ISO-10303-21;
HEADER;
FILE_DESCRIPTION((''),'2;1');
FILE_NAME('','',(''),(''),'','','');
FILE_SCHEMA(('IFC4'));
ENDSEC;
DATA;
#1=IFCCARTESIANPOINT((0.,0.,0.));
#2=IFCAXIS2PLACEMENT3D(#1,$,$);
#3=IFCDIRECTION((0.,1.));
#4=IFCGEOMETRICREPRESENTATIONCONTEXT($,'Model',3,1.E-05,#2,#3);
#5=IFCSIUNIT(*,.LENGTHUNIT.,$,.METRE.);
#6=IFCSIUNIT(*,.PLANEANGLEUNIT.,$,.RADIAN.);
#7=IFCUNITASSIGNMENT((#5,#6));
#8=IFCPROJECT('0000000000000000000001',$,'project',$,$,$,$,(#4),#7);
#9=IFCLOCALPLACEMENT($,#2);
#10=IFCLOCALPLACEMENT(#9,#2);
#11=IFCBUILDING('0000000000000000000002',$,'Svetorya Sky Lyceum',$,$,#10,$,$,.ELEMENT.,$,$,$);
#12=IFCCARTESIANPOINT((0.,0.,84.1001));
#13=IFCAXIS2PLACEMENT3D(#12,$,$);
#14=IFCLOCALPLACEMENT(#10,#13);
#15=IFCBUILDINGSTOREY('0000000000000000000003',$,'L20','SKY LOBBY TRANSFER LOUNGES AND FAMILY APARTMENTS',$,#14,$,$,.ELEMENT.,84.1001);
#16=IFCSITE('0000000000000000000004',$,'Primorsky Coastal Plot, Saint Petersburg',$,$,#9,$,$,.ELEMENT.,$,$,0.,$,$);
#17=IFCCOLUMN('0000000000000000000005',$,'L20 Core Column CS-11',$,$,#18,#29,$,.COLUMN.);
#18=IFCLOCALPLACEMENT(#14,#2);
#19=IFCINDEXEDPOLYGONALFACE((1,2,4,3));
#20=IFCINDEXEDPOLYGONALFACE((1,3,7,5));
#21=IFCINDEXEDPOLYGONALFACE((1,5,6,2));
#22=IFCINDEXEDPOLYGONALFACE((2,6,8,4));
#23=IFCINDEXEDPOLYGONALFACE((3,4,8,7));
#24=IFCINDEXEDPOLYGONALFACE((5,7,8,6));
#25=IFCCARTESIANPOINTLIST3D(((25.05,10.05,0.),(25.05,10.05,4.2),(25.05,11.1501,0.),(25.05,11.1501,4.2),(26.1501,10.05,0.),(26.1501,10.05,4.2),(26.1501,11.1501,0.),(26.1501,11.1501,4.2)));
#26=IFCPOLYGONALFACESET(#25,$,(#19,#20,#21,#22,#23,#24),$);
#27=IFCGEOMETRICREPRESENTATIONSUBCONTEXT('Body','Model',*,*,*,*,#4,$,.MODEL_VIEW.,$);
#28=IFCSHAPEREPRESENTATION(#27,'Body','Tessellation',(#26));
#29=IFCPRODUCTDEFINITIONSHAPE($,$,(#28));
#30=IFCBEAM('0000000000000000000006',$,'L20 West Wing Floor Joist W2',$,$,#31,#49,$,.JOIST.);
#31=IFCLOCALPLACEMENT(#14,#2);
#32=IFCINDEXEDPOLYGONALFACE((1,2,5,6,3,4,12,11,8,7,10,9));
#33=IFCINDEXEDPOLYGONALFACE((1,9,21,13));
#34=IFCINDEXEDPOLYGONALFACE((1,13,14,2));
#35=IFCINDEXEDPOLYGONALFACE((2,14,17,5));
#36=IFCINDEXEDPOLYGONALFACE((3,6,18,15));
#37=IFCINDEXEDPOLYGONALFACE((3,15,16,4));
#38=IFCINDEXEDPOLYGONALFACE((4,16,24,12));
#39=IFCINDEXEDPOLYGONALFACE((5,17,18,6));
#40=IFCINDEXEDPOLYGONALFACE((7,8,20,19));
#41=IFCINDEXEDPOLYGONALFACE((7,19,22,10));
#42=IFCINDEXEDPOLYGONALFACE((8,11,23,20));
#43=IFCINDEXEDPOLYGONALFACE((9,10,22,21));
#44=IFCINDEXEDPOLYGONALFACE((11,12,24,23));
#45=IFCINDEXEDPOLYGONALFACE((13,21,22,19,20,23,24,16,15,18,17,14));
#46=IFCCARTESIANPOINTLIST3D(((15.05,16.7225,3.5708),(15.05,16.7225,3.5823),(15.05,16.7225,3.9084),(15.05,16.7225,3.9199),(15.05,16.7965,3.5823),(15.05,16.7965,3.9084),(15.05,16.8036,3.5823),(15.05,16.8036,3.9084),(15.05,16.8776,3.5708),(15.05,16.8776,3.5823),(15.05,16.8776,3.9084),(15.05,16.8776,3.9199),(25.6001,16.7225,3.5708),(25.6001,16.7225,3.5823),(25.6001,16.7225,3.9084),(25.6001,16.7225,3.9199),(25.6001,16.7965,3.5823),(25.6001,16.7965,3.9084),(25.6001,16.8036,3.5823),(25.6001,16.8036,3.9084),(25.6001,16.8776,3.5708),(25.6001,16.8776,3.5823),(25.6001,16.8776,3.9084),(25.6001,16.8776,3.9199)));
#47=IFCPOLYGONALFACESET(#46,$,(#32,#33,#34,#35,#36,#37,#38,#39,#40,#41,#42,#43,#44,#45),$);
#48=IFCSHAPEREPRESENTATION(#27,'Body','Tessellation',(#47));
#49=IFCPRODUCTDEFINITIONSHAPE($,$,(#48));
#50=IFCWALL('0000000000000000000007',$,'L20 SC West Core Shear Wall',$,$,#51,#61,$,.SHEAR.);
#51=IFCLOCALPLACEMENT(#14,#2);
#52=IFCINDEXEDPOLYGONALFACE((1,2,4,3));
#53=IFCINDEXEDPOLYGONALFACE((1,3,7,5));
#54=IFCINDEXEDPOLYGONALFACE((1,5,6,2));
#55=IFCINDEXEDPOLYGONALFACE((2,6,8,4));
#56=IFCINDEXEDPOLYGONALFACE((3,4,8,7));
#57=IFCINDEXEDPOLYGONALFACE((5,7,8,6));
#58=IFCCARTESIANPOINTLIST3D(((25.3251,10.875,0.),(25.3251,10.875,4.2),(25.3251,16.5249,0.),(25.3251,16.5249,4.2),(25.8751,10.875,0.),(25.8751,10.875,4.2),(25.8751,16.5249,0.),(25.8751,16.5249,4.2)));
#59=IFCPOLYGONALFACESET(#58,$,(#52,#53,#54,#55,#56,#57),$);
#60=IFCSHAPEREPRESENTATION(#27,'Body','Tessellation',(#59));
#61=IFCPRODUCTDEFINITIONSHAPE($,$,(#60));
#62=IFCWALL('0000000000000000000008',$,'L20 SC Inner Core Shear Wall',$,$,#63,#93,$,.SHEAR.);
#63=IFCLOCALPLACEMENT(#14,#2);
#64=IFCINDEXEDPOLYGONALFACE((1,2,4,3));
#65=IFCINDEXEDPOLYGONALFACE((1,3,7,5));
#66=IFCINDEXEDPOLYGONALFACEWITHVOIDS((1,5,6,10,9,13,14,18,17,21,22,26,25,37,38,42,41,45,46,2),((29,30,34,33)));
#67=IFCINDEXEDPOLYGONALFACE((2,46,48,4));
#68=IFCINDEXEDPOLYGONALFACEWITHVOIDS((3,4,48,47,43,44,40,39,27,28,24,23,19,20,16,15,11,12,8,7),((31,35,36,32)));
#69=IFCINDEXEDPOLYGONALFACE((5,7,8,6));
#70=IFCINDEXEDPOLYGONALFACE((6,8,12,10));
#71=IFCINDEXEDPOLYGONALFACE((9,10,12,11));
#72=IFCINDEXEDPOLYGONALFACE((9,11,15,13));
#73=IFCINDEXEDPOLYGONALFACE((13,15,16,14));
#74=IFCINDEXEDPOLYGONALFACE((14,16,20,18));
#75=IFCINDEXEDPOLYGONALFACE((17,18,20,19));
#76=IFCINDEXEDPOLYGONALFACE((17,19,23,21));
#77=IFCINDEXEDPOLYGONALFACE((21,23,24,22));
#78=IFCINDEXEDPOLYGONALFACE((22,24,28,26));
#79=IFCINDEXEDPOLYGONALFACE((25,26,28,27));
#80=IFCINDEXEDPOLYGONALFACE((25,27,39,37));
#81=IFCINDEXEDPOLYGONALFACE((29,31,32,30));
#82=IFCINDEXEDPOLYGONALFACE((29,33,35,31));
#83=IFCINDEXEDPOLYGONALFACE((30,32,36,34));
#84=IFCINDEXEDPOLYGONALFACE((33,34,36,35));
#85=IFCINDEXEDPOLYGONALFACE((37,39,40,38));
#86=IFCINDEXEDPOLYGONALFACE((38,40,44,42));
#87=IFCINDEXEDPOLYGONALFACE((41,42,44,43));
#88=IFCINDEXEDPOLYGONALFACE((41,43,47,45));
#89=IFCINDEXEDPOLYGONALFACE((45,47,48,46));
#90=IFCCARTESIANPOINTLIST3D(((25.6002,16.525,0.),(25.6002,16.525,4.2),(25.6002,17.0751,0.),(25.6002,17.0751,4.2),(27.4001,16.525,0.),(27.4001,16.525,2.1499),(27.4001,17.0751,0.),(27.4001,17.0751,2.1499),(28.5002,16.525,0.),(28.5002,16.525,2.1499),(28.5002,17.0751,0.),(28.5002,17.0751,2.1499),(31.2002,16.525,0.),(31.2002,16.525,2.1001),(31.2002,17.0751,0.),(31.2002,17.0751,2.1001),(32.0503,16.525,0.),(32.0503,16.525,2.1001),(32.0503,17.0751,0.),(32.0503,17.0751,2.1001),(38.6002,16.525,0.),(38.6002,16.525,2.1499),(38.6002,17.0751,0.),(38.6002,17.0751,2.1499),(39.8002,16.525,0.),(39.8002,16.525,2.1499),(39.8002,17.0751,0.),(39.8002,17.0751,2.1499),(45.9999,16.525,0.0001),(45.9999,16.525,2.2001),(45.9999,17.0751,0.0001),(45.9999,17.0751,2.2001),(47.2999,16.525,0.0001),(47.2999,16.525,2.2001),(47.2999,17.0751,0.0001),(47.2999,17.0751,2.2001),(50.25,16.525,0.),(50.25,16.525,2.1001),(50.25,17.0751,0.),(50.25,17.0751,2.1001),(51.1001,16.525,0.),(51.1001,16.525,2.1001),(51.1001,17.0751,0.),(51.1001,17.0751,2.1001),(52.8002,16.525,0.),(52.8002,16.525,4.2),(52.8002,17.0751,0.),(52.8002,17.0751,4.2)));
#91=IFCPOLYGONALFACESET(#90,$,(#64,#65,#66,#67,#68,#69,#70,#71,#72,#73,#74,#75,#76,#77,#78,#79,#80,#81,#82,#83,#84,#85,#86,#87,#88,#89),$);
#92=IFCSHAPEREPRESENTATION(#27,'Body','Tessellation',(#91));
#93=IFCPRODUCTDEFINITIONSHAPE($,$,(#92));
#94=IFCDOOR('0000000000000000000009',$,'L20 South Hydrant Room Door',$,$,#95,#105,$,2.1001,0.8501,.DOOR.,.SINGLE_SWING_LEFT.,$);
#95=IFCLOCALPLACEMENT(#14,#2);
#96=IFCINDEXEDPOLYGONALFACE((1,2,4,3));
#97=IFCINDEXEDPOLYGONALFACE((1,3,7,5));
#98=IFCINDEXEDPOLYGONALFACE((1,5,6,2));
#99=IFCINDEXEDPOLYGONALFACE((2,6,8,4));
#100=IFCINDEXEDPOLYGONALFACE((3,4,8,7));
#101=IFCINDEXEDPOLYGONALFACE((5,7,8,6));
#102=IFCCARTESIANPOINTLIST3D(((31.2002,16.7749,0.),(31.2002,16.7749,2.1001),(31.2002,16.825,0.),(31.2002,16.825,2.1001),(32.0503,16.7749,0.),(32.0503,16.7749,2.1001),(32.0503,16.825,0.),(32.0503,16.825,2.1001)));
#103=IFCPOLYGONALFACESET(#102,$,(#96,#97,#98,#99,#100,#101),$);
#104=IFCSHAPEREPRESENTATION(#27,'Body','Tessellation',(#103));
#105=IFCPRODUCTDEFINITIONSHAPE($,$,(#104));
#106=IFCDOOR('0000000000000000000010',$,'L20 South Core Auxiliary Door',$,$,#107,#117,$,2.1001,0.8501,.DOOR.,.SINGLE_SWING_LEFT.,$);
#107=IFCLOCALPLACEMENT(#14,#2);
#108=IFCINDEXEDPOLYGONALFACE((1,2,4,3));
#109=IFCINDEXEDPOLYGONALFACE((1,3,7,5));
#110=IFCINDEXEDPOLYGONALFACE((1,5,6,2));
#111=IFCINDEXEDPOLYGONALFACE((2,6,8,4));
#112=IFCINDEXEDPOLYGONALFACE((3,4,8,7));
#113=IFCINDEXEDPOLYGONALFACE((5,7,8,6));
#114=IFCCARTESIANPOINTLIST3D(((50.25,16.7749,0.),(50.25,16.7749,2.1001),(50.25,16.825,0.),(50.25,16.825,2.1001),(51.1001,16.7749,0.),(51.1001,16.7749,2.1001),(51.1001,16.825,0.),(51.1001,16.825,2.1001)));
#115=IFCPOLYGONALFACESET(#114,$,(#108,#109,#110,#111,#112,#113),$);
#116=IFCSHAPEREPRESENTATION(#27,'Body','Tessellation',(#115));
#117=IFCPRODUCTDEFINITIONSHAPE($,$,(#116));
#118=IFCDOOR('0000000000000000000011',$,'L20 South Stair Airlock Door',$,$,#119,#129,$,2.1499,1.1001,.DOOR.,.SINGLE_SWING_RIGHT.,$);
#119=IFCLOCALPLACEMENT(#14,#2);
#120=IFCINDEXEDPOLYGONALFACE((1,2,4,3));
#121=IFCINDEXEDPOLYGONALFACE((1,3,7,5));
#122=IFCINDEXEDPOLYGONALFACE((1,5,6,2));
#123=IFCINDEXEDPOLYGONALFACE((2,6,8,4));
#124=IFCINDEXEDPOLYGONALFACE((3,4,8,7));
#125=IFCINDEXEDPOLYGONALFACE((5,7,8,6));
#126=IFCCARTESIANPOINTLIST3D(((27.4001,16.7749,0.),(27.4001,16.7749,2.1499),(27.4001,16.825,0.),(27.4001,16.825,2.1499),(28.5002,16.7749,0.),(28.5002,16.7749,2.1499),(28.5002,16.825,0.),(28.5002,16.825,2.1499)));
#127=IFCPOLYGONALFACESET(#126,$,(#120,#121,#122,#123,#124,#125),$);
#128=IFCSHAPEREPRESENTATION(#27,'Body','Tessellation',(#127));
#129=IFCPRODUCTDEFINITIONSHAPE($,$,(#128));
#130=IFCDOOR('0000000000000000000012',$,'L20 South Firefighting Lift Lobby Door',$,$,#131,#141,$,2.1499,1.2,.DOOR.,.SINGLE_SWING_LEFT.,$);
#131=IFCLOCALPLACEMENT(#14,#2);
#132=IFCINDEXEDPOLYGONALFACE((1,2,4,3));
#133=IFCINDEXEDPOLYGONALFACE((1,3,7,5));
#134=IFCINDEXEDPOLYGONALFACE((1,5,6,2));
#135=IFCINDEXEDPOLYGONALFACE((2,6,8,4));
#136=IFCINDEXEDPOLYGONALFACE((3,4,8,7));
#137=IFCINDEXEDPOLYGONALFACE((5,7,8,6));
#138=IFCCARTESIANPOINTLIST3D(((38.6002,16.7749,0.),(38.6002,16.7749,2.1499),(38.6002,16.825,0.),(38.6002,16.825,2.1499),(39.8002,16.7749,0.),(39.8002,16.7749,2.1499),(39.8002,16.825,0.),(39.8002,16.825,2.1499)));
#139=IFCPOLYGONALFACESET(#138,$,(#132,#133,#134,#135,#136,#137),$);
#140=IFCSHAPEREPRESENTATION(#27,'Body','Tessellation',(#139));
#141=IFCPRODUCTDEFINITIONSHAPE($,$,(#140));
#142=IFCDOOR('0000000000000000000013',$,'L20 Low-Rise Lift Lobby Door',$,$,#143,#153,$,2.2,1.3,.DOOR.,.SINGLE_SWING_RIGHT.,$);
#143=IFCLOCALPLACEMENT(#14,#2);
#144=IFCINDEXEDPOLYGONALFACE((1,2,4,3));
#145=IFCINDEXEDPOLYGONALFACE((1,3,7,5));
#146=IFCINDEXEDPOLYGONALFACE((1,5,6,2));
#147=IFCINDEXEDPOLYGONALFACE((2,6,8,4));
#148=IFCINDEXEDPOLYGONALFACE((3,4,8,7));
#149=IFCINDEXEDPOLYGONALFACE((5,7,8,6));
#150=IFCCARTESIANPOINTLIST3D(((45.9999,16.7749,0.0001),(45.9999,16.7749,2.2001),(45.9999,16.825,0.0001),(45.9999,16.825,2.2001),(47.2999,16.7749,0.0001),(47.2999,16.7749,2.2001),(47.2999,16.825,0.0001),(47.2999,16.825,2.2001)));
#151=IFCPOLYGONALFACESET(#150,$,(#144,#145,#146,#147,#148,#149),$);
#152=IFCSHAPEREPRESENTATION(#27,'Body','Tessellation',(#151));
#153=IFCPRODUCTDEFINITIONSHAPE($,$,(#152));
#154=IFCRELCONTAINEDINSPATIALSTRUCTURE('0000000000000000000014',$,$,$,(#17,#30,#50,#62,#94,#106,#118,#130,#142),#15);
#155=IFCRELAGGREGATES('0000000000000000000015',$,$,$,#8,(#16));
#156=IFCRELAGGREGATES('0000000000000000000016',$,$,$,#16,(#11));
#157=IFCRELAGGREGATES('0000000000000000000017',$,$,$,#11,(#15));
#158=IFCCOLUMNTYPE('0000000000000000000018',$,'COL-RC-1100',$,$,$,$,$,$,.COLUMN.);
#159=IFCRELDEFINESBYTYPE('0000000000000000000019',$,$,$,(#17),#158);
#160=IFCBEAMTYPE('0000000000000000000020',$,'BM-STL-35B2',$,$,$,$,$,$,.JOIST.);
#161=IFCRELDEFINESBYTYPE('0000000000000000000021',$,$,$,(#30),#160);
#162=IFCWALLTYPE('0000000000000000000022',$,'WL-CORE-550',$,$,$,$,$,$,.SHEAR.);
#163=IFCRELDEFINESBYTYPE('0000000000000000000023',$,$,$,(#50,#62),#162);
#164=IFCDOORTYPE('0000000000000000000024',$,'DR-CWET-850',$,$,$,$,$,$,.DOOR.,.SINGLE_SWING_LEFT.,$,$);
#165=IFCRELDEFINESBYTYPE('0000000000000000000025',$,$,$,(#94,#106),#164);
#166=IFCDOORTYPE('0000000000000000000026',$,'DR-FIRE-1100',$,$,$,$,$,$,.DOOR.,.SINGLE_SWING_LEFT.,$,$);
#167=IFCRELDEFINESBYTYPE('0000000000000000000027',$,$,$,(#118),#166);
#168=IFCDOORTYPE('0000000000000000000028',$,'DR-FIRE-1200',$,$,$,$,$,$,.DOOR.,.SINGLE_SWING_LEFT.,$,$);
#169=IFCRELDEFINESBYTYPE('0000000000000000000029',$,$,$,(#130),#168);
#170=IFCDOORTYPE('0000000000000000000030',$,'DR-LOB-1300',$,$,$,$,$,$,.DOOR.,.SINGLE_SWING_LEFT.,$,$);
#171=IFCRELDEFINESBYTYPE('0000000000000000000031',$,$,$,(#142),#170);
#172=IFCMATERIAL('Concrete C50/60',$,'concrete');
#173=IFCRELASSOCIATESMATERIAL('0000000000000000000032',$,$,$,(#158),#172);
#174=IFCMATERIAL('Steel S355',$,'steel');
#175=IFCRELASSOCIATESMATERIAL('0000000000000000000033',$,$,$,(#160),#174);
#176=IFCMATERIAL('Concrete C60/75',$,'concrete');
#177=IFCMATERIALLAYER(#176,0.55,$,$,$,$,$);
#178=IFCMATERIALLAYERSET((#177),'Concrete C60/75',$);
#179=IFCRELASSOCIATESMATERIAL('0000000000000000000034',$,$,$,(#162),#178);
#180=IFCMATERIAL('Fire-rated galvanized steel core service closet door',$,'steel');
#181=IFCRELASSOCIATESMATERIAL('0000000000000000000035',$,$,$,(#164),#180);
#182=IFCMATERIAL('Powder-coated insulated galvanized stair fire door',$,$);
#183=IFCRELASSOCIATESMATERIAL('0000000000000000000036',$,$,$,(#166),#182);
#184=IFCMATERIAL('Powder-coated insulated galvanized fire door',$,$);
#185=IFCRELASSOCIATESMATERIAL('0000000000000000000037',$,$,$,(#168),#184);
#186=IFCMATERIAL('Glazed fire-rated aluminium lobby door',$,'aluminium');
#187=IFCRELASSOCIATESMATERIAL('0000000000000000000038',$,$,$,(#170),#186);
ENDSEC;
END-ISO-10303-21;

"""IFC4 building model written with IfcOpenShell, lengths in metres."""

from ifc_helpers import new_model, si_unit, direction, frame, frame_2d, origin, origin_2d, place, context, subcontext, project, spatial, rectangle, i_section, extrude, material, layer, layer_set, material_profile, profile_set, type_object, element, fill, save


model = new_model("IFC4")

# Units and contexts
model_context = context("Model", 3, precision=1e-05, world=origin(), true_north=direction((0.0, 1.0)))
body_context = subcontext(model_context, "Body", "Model", "MODEL_VIEW")
ifc_project = project(units=[si_unit("LENGTHUNIT", "METRE"), si_unit("PLANEANGLEUNIT", "RADIAN")], contexts=[model_context])

# Site, building, storey
site_placement = place(None, origin())
site = spatial("IfcSite", under=ifc_project, at=site_placement, Name="Primorsky Coastal Plot, Saint Petersburg", CompositionType="ELEMENT", RefElevation=0.0)
building_placement = place(site_placement, origin())
building = spatial("IfcBuilding", under=site, at=building_placement, Name="Svetorya Sky Lyceum", CompositionType="ELEMENT")
storey_placement = place(building_placement, frame((0.0, 0.0, 84.1001)))
storey = spatial("IfcBuildingStorey", under=building, at=storey_placement, Name="L20", Description="SKY LOBBY TRANSFER LOUNGES AND FAMILY APARTMENTS", CompositionType="ELEMENT", Elevation=84.1001)

# Column
ifc_material_1 = material(Name="Concrete C50/60", Category="concrete")
ifc_material_profile_1 = material_profile(ifc_material_1, rectangle(XDim=1.1001, YDim=1.1001, at=origin_2d()), Name="RC COL 1100x1100")
ifc_profile_set_1 = profile_set([ifc_material_profile_1], Name="Concrete C50/60")
column_type = type_object("IfcColumnType", Name="COL-RC-1100", PredefinedType="COLUMN", material=ifc_profile_set_1)
column_placement = place(storey_placement, frame((25.6001, 10.6001, 0.0), z_axis=(0.0, 0.0, 1.0), x_axis=(1.0, 0.0, 0.0)))
element("IfcColumn", 1, at=column_placement, inside=storey, type_object=column_type, Name="L20 Core Column CS-11", PredefinedType="COLUMN", context=body_context, shape_type="SweptSolid", body=[
    extrude(rectangle(XDim=1.1001, YDim=1.1001, at=origin_2d()), origin(), (0.0, 0.0, 1.0), 4.2),
])

# Beam
ifc_material_2 = material(Name="Steel S355", Category="steel")
ifc_material_profile_2 = material_profile(ifc_material_2, i_section(OverallWidth=0.155, OverallDepth=0.3491, WebThickness=0.0071, FlangeThickness=0.0115, at=origin_2d()), Name="GOST 35B2")
ifc_profile_set_2 = profile_set([ifc_material_profile_2], Name="Steel S355")
beam_type = type_object("IfcBeamType", Name="BM-STL-35B2", PredefinedType="JOIST", material=ifc_profile_set_2)
beam_placement = place(storey_placement, frame((15.05, 16.8, 3.7454), z_axis=(1.0, 0.0, 0.0), x_axis=(0.0, 1.0, 0.0)))
element("IfcBeam", 2, at=beam_placement, inside=storey, type_object=beam_type, Name="L20 West Wing Floor Joist W2", PredefinedType="JOIST", context=body_context, shape_type="SweptSolid", body=[
    extrude(i_section(OverallWidth=0.155, OverallDepth=0.3491, WebThickness=0.0071, FlangeThickness=0.0115, at=origin_2d()), origin(), (0.0, 0.0, 1.0), 10.55),
])

# Wall
ifc_material_3 = material(Name="Concrete C60/75", Category="concrete")
ifc_layer_1 = layer(ifc_material_3, 0.55)
ifc_layer_set_1 = layer_set([ifc_layer_1], Name="Concrete C60/75")
wall_type_1 = type_object("IfcWallType", Name="WL-CORE-550", PredefinedType="SHEAR", material=ifc_layer_set_1)
wall_1_placement = place(storey_placement, frame((25.6001, 10.875, 0.0), z_axis=(0.0, 0.0, 1.0), x_axis=(0.0, 1.0, 0.0)))
element("IfcWall", 3, at=wall_1_placement, inside=storey, type_object=wall_type_1, Name="L20 SC West Core Shear Wall", PredefinedType="SHEAR", context=body_context, shape_type="SweptSolid", body=[
    extrude(rectangle(XDim=5.6499, YDim=0.55, at=frame_2d((2.825, 0.0))), origin(), (0.0, 0.0, 1.0), 4.2),
])

# Wall, openings, doors
wall_2_placement = place(storey_placement, frame((25.6001, 16.8, 0.0), z_axis=(0.0, 0.0, 1.0), x_axis=(1.0, 0.0, 0.0)))
wall_2 = element("IfcWall", 4, at=wall_2_placement, inside=storey, type_object=wall_type_1, Name="L20 SC Inner Core Shear Wall", PredefinedType="SHEAR", context=body_context, shape_type="SweptSolid", body=[
    extrude(rectangle(XDim=27.2, YDim=0.55, at=frame_2d((13.6001, 0.0))), origin(), (0.0, 0.0, 1.0), 4.2),
])
opening_1_placement = place(wall_2_placement, frame((1.8, 0.0, 0.0)))
opening_1 = element("IfcOpeningElement", 5, at=opening_1_placement, cuts=wall_2, PredefinedType="OPENING", context=body_context, shape_type="SweptSolid", body=[
    extrude(rectangle(XDim=1.1001, YDim=2.1499, at=frame_2d((0.55, 1.075))), frame((0.0, 0.2849, 0.0), z_axis=(0.0, -1.0, 0.0), x_axis=(1.0, 0.0, 0.0)), (0.0, 0.0, 1.0), 0.5701),
])
opening_2_placement = place(wall_2_placement, frame((5.6001, 0.0, 0.0)))
opening_2 = element("IfcOpeningElement", 6, at=opening_2_placement, cuts=wall_2, PredefinedType="OPENING", context=body_context, shape_type="SweptSolid", body=[
    extrude(rectangle(XDim=0.8501, YDim=2.1001, at=frame_2d((0.425, 1.05))), frame((0.0, 0.2849, 0.0), z_axis=(0.0, -1.0, 0.0), x_axis=(1.0, 0.0, 0.0)), (0.0, 0.0, 1.0), 0.5701),
])
opening_3_placement = place(wall_2_placement, frame((13.0, 0.0, 0.0)))
opening_3 = element("IfcOpeningElement", 7, at=opening_3_placement, cuts=wall_2, PredefinedType="OPENING", context=body_context, shape_type="SweptSolid", body=[
    extrude(rectangle(XDim=1.2, YDim=2.1499, at=frame_2d((0.6001, 1.075))), frame((0.0, 0.2849, 0.0), z_axis=(0.0, -1.0, 0.0), x_axis=(1.0, 0.0, 0.0)), (0.0, 0.0, 1.0), 0.5701),
])
opening_4_placement = place(wall_2_placement, frame((20.3999, 0.0, 0.0)))
opening_4 = element("IfcOpeningElement", 8, at=opening_4_placement, cuts=wall_2, PredefinedType="OPENING", context=body_context, shape_type="SweptSolid", body=[
    extrude(rectangle(XDim=1.3, YDim=2.2, at=frame_2d((0.6499, 1.1001))), frame((0.0, 0.2849, 0.0), z_axis=(0.0, -1.0, 0.0), x_axis=(1.0, 0.0, 0.0)), (0.0, 0.0, 1.0), 0.5701),
])
opening_5_placement = place(wall_2_placement, frame((24.6499, 0.0, 0.0)))
opening_5 = element("IfcOpeningElement", 9, at=opening_5_placement, cuts=wall_2, PredefinedType="OPENING", context=body_context, shape_type="SweptSolid", body=[
    extrude(rectangle(XDim=0.8501, YDim=2.1001, at=frame_2d((0.425, 1.05))), frame((0.0, 0.2849, 0.0), z_axis=(0.0, -1.0, 0.0), x_axis=(1.0, 0.0, 0.0)), (0.0, 0.0, 1.0), 0.5701),
])
ifc_material_4 = material(Name="Fire-rated galvanized steel core service closet door", Category="steel")
door_type_1 = type_object("IfcDoorType", Name="DR-CWET-850", OperationType="SINGLE_SWING_LEFT", PredefinedType="DOOR", material=ifc_material_4)
door_1_placement = place(opening_2_placement, origin())
door_1 = element("IfcDoor", 10, at=door_1_placement, inside=storey, type_object=door_type_1, Name="L20 South Hydrant Room Door", OperationType="SINGLE_SWING_LEFT", OverallHeight=2.1001, OverallWidth=0.8501, PredefinedType="DOOR", context=body_context, shape_type="SweptSolid", body=[
    extrude(rectangle(XDim=0.8501, YDim=2.1001, at=frame_2d((0.425, 1.05))), frame((0.0, 0.0249, 0.0), z_axis=(0.0, -1.0, 0.0), x_axis=(1.0, 0.0, 0.0)), (0.0, 0.0, 1.0), 0.05),
])
fill(opening_2, door_1)
door_2_placement = place(opening_5_placement, origin())
door_2 = element("IfcDoor", 11, at=door_2_placement, inside=storey, type_object=door_type_1, Name="L20 South Core Auxiliary Door", OperationType="SINGLE_SWING_LEFT", OverallHeight=2.1001, OverallWidth=0.8501, PredefinedType="DOOR", context=body_context, shape_type="SweptSolid", body=[
    extrude(rectangle(XDim=0.8501, YDim=2.1001, at=frame_2d((0.425, 1.05))), frame((0.0, 0.0249, 0.0), z_axis=(0.0, -1.0, 0.0), x_axis=(1.0, 0.0, 0.0)), (0.0, 0.0, 1.0), 0.05),
])
fill(opening_5, door_2)
ifc_material_5 = material(Name="Powder-coated insulated galvanized stair fire door")
door_type_2 = type_object("IfcDoorType", Name="DR-FIRE-1100", OperationType="SINGLE_SWING_LEFT", PredefinedType="DOOR", material=ifc_material_5)
door_3_placement = place(opening_1_placement, origin())
door_3 = element("IfcDoor", 12, at=door_3_placement, inside=storey, type_object=door_type_2, Name="L20 South Stair Airlock Door", OperationType="SINGLE_SWING_RIGHT", OverallHeight=2.1499, OverallWidth=1.1001, PredefinedType="DOOR", context=body_context, shape_type="SweptSolid", body=[
    extrude(rectangle(XDim=1.1001, YDim=2.1499, at=frame_2d((0.55, 1.075))), frame((0.0, 0.0249, 0.0), z_axis=(0.0, -1.0, 0.0), x_axis=(1.0, 0.0, 0.0)), (0.0, 0.0, 1.0), 0.05),
])
fill(opening_1, door_3)
ifc_material_6 = material(Name="Powder-coated insulated galvanized fire door")
door_type_3 = type_object("IfcDoorType", Name="DR-FIRE-1200", OperationType="SINGLE_SWING_LEFT", PredefinedType="DOOR", material=ifc_material_6)
door_4_placement = place(opening_3_placement, origin())
door_4 = element("IfcDoor", 13, at=door_4_placement, inside=storey, type_object=door_type_3, Name="L20 South Firefighting Lift Lobby Door", OperationType="SINGLE_SWING_LEFT", OverallHeight=2.1499, OverallWidth=1.2, PredefinedType="DOOR", context=body_context, shape_type="SweptSolid", body=[
    extrude(rectangle(XDim=1.2, YDim=2.1499, at=frame_2d((0.6001, 1.075))), frame((0.0, 0.0249, 0.0), z_axis=(0.0, -1.0, 0.0), x_axis=(1.0, 0.0, 0.0)), (0.0, 0.0, 1.0), 0.05),
])
fill(opening_3, door_4)
ifc_material_7 = material(Name="Glazed fire-rated aluminium lobby door", Category="aluminium")
door_type_4 = type_object("IfcDoorType", Name="DR-LOB-1300", OperationType="SINGLE_SWING_LEFT", PredefinedType="DOOR", material=ifc_material_7)
door_5_placement = place(opening_4_placement, origin())
door_5 = element("IfcDoor", 14, at=door_5_placement, inside=storey, type_object=door_type_4, Name="L20 Low-Rise Lift Lobby Door", OperationType="SINGLE_SWING_RIGHT", OverallHeight=2.2, OverallWidth=1.3, PredefinedType="DOOR", context=body_context, shape_type="SweptSolid", body=[
    extrude(rectangle(XDim=1.3, YDim=2.2, at=frame_2d((0.6499, 1.1001))), frame((0.0, 0.0249, 0.0), z_axis=(0.0, -1.0, 0.0), x_axis=(1.0, 0.0, 0.0)), (0.0, 0.0, 1.0), 0.05),
])
fill(opening_4, door_5)

save(model, "model.ifc")
